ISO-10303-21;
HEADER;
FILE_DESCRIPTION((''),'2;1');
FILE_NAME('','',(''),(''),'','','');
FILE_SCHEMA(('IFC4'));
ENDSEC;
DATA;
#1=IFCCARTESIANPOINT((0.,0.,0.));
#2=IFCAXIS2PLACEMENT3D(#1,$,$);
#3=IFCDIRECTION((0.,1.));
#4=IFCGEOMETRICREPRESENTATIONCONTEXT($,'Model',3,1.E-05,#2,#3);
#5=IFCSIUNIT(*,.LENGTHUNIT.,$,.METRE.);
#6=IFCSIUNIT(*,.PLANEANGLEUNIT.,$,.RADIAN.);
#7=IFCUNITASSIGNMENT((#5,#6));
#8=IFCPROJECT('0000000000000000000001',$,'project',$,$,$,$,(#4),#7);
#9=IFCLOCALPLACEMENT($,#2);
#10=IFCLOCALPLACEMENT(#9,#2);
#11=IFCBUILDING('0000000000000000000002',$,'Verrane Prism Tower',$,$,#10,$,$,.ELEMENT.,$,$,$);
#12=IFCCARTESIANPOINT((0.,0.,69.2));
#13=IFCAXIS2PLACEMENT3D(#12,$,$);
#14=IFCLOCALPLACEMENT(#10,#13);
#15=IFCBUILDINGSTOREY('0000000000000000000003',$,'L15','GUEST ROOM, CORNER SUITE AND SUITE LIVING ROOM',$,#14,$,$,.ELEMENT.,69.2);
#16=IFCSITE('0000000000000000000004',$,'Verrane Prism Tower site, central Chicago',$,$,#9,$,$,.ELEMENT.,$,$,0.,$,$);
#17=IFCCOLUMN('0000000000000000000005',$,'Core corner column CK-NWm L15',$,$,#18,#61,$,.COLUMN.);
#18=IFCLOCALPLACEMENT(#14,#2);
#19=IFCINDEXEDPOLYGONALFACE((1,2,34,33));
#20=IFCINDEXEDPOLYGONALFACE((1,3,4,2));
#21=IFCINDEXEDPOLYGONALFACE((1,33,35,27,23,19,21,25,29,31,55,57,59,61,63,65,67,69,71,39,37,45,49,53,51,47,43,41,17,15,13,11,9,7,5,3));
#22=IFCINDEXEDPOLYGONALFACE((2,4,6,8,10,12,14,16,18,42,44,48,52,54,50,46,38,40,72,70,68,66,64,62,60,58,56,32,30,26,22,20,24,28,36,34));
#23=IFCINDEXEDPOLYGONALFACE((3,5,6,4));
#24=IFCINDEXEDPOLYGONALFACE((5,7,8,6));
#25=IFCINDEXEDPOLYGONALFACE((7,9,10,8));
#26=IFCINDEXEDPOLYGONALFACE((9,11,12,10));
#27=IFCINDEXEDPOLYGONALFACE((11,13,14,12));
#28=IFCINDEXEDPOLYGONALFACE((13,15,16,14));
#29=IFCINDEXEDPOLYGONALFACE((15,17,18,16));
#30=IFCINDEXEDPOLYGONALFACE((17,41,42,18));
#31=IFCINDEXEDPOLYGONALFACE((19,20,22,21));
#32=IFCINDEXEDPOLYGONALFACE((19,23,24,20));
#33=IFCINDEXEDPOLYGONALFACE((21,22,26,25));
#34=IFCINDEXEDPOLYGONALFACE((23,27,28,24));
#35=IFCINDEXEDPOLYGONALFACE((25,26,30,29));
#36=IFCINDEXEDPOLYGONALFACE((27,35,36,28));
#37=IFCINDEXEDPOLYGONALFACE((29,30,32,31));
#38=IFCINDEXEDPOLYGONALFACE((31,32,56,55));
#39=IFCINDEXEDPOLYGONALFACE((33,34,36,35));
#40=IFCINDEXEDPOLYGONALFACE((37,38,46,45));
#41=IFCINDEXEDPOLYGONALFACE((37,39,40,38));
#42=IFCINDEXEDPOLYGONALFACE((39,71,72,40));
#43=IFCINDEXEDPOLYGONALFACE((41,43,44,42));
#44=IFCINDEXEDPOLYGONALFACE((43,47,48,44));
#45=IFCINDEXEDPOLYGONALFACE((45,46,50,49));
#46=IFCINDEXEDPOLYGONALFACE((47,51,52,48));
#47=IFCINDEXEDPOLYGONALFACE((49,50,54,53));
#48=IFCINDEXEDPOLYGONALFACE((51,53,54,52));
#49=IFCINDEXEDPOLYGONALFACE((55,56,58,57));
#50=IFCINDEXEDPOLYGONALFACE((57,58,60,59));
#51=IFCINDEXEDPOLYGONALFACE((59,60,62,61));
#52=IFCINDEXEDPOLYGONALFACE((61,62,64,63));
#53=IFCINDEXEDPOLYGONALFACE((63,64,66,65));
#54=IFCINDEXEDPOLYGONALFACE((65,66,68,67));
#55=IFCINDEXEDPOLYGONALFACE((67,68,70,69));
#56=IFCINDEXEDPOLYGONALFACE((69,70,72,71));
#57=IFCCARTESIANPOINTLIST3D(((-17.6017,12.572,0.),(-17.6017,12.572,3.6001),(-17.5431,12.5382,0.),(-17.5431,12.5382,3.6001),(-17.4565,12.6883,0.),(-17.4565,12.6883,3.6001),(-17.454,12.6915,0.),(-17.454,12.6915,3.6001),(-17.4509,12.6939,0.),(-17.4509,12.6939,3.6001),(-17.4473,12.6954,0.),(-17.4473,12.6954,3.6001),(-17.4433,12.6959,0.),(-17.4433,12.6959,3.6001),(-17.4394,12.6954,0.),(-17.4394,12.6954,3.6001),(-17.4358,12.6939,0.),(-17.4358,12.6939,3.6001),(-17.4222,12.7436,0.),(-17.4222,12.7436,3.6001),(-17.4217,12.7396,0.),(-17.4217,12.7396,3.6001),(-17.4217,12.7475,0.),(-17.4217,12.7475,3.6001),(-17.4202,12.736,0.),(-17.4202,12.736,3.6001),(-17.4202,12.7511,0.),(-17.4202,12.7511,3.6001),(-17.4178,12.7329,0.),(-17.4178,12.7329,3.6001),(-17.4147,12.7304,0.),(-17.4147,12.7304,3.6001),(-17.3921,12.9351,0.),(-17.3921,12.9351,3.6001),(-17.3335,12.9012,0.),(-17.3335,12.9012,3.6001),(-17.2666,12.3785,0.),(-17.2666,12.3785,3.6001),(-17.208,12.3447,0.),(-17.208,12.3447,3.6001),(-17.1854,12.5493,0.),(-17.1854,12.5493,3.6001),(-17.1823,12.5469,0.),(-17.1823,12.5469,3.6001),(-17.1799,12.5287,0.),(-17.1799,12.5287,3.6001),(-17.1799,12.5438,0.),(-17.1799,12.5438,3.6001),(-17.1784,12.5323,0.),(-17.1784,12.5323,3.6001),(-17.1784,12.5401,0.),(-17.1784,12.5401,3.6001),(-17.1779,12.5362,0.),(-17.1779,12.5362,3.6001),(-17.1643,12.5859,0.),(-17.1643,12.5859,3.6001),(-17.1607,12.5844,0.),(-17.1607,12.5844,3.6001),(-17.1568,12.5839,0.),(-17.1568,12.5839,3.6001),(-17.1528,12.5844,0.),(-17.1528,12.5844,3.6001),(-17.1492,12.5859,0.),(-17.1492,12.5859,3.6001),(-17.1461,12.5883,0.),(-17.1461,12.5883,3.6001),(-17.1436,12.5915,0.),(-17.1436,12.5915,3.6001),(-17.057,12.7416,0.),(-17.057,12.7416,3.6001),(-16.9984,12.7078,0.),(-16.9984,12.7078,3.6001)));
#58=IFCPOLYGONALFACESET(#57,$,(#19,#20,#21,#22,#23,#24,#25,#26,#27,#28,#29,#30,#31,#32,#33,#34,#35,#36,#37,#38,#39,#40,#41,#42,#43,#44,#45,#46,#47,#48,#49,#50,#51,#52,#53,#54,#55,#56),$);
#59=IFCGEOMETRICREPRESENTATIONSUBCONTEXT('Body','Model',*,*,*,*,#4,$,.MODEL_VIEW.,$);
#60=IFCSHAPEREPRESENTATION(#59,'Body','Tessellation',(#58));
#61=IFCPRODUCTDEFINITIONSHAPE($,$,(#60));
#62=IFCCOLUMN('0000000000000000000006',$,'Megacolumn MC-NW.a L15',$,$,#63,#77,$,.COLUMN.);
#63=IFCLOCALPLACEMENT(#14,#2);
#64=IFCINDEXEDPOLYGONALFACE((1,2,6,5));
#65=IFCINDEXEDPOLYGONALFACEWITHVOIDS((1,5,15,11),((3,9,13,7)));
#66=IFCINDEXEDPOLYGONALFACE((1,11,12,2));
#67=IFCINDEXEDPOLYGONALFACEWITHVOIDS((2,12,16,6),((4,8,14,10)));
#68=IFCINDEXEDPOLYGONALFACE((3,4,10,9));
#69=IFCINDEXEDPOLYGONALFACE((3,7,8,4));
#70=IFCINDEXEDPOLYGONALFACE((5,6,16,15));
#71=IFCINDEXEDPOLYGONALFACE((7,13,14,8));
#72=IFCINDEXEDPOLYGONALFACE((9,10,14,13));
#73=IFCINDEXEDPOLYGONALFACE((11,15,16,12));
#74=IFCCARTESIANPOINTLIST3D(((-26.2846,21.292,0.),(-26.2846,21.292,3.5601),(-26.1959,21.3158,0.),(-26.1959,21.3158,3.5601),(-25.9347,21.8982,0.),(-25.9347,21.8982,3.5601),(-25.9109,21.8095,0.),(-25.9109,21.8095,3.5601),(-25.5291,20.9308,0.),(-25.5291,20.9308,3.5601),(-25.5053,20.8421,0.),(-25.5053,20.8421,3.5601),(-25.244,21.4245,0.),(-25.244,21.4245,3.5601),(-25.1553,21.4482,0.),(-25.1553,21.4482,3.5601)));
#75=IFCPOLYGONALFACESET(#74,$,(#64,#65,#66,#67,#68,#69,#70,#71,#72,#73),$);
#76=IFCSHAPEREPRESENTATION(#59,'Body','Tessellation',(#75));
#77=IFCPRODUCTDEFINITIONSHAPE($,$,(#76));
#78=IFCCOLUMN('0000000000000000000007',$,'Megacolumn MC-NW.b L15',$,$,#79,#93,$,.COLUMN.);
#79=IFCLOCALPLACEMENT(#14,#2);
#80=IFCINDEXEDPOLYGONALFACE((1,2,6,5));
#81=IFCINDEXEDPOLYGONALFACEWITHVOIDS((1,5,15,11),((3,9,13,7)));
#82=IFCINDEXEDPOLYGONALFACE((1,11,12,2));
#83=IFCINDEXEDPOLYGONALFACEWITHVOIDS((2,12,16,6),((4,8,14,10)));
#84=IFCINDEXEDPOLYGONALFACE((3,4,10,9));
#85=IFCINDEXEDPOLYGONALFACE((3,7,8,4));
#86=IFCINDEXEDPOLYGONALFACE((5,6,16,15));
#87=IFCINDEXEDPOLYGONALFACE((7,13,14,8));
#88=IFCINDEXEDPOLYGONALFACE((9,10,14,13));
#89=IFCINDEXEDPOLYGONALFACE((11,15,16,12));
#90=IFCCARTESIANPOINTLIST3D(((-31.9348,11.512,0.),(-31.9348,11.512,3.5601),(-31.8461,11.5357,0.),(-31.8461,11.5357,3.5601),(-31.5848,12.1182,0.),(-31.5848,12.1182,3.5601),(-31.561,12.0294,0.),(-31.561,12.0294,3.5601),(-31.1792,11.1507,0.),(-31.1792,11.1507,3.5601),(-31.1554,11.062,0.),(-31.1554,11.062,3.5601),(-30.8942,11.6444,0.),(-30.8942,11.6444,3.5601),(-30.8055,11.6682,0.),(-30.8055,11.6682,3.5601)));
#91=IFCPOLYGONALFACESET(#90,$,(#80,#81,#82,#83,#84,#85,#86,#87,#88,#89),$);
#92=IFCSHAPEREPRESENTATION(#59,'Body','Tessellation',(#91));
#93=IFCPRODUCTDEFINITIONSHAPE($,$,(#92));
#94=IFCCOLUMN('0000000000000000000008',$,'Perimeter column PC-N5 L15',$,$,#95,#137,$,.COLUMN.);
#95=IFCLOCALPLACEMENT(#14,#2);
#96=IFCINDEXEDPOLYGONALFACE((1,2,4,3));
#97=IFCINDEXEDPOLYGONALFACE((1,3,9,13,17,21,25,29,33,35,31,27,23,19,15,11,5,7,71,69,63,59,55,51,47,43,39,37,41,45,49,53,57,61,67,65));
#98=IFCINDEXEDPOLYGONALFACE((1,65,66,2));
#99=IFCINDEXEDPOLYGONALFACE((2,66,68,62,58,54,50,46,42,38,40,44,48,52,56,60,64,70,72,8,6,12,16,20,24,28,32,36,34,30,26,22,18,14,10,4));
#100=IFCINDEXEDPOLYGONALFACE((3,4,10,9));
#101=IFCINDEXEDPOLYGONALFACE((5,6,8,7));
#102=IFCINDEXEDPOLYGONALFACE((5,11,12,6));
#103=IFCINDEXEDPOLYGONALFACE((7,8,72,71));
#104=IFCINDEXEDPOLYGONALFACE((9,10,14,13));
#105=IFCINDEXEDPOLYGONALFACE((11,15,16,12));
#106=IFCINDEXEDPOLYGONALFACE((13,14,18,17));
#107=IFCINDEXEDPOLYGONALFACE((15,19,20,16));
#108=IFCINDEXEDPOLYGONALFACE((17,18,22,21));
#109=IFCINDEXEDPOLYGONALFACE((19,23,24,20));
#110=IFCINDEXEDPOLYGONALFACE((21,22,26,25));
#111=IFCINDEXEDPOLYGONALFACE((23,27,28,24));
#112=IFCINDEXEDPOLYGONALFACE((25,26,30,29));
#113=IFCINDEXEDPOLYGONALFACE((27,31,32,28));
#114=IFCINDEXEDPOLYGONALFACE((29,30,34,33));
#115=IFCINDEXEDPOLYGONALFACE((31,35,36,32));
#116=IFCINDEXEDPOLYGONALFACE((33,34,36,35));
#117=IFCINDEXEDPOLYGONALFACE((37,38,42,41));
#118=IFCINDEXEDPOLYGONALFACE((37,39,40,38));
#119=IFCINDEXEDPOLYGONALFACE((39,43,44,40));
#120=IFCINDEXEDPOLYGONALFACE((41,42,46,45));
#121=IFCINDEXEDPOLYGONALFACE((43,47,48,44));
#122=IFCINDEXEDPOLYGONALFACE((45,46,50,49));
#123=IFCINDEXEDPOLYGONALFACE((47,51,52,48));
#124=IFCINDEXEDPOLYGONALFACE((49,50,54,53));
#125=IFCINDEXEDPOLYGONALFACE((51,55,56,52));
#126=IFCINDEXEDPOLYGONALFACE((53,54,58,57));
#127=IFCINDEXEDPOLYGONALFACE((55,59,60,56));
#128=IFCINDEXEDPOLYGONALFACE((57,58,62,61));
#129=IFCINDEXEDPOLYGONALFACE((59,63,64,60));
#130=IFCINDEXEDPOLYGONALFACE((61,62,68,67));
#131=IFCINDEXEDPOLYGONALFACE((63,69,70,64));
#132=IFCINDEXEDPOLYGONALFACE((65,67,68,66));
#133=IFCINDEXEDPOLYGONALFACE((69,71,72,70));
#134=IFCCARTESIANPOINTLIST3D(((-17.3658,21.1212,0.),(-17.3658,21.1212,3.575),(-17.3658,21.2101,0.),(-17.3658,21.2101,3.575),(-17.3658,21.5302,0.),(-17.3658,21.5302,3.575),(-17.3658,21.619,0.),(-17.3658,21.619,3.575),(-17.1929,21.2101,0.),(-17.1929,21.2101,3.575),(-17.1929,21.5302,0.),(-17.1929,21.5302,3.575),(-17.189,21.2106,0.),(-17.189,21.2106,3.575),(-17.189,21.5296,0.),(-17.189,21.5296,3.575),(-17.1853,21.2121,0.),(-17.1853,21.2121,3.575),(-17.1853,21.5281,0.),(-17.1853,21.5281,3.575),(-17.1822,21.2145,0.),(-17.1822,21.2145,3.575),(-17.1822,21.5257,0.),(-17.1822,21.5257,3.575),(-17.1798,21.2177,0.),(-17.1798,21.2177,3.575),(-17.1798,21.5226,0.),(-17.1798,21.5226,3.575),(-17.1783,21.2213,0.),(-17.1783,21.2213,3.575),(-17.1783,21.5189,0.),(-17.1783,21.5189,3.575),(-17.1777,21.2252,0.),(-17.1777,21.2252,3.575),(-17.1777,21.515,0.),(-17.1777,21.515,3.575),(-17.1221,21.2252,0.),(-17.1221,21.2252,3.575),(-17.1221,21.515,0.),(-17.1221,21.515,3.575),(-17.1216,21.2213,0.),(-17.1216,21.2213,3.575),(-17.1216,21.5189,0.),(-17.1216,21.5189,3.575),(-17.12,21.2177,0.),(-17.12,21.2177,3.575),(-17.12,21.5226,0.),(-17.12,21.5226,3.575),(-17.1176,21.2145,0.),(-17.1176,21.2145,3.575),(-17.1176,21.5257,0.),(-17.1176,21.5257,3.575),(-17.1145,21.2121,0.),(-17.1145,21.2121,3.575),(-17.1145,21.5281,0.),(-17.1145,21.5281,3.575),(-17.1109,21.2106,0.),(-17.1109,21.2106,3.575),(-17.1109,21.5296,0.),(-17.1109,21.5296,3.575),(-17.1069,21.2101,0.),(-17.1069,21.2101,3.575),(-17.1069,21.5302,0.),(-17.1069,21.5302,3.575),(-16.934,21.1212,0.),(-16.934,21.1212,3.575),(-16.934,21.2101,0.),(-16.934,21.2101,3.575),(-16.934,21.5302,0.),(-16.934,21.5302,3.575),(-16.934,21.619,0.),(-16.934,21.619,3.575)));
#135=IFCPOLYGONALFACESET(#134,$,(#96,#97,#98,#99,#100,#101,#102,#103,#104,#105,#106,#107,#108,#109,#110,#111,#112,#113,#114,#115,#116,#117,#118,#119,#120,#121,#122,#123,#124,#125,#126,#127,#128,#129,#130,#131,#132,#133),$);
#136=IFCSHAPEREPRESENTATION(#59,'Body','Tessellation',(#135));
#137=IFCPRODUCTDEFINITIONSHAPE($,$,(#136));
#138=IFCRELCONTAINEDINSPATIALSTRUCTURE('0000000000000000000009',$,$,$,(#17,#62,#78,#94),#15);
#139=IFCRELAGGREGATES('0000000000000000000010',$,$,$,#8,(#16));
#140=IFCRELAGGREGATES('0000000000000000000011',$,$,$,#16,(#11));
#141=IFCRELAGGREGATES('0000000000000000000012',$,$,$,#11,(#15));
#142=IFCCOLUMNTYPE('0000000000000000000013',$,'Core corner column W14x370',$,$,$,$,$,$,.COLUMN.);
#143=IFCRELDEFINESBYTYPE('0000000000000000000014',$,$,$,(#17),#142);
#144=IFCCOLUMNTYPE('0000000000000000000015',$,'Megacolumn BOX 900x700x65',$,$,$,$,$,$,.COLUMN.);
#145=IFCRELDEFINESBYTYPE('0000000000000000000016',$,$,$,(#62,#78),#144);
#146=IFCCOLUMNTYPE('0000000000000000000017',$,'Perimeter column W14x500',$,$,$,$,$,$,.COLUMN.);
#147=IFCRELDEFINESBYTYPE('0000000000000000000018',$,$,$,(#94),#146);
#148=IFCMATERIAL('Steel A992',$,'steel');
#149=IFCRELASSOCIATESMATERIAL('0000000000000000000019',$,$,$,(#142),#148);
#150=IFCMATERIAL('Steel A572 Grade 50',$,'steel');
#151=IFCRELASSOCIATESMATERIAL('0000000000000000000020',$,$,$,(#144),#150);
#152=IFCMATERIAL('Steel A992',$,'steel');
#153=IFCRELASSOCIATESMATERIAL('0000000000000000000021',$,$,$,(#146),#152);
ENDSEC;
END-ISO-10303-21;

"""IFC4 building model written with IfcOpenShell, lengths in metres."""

from ifc_helpers import new_model, si_unit, direction, frame, origin, origin_2d, place, context, subcontext, project, spatial, hollow_rectangle, i_section, extrude, material, material_profile, profile_set, type_object, element, save


model = new_model("IFC4")

# Units and contexts
model_context = context("Model", 3, precision=1e-05, world=origin(), true_north=direction((0.0, 1.0)))
body_context = subcontext(model_context, "Body", "Model", "MODEL_VIEW")
ifc_project = project(units=[si_unit("LENGTHUNIT", "METRE"), si_unit("PLANEANGLEUNIT", "RADIAN")], contexts=[model_context])

# Site, building, storey
site_placement = place(None, origin())
site = spatial("IfcSite", under=ifc_project, at=site_placement, Name="Verrane Prism Tower site, central Chicago", CompositionType="ELEMENT", RefElevation=0.0)
building_placement = place(site_placement, origin())
building = spatial("IfcBuilding", under=site, at=building_placement, Name="Verrane Prism Tower", CompositionType="ELEMENT")
storey_placement = place(building_placement, frame((0.0, 0.0, 69.2)))
storey = spatial("IfcBuildingStorey", under=building, at=storey_placement, Name="L15", Description="GUEST ROOM, CORNER SUITE AND SUITE LIVING ROOM", CompositionType="ELEMENT", Elevation=69.2)

# Columns
ifc_material_1 = material(Name="Steel A992", Category="steel")
ifc_material_profile_1 = material_profile(ifc_material_1, i_section(OverallWidth=0.4192, OverallDepth=0.4546, WebThickness=0.0422, FlangeThickness=0.0676, FilletRadius=0.0151, at=origin_2d()), Name="W14x370")
ifc_profile_set_1 = profile_set([ifc_material_profile_1], Name="Steel A992")
column_type_1 = type_object("IfcColumnType", Name="Core corner column W14x370", PredefinedType="COLUMN", material=ifc_profile_set_1)
column_1_placement = place(storey_placement, frame((-17.3, 12.6399, 0.0), z_axis=(0.0, 0.0, 1.0), x_axis=(0.5, 0.866025, 0.0)))
element("IfcColumn", 1, at=column_1_placement, inside=storey, type_object=column_type_1, Name="Core corner column CK-NWm L15", PredefinedType="COLUMN", context=body_context, shape_type="SweptSolid", body=[
    extrude(i_section(OverallWidth=0.4192, OverallDepth=0.4546, WebThickness=0.0422, FlangeThickness=0.0676, FilletRadius=0.0151, at=origin_2d()), origin(), (0.0, 0.0, 1.0), 3.6001),
])
ifc_material_2 = material(Name="Steel A572 Grade 50", Category="steel")
ifc_material_profile_2 = material_profile(ifc_material_2, hollow_rectangle(XDim=0.7, YDim=0.8999, WallThickness=0.0649, at=origin_2d()), Name="BOX 900x700x65")
ifc_profile_set_2 = profile_set([ifc_material_profile_2], Name="Steel A572 Grade 50")
column_type_2 = type_object("IfcColumnType", Name="Megacolumn BOX 900x700x65", PredefinedType="COLUMN", material=ifc_profile_set_2)
for number, where, z_axis, x_axis, name in (
    (2, (-25.72, 21.3701, 0.0), (0.0, 0.0, 1.0), (0.5, 0.866025, 0.0), "Megacolumn MC-NW.a L15"),
    (3, (-31.3701, 11.5901, 0.0), (0.0, 0.0, 1.0), (0.5, 0.866025, 0.0), "Megacolumn MC-NW.b L15"),
):
    element("IfcColumn", number, at=place(storey_placement, frame(where, z_axis=z_axis, x_axis=x_axis)), inside=storey, type_object=column_type_2, Name=name, PredefinedType="COLUMN", context=body_context, shape_type="SweptSolid", body=[
        extrude(hollow_rectangle(XDim=0.7, YDim=0.8999, WallThickness=0.0649, at=origin_2d()), origin(), (0.0, 0.0, 1.0), 3.5601),
    ])
ifc_material_3 = material(Name="Steel A992", Category="steel")
ifc_material_profile_3 = material_profile(ifc_material_3, i_section(OverallWidth=0.4319, OverallDepth=0.4978, WebThickness=0.0557, FlangeThickness=0.0889, FilletRadius=0.0151, at=origin_2d()), Name="W14x500")
ifc_profile_set_3 = profile_set([ifc_material_profile_3], Name="Steel A992")
column_type_3 = type_object("IfcColumnType", Name="Perimeter column W14x500", PredefinedType="COLUMN", material=ifc_profile_set_3)
column_2_placement = place(storey_placement, frame((-17.1499, 21.3701, 0.0), z_axis=(0.0, 0.0, 1.0), x_axis=(1.0, 0.0, 0.0)))
element("IfcColumn", 4, at=column_2_placement, inside=storey, type_object=column_type_3, Name="Perimeter column PC-N5 L15", PredefinedType="COLUMN", context=body_context, shape_type="SweptSolid", body=[
    extrude(i_section(OverallWidth=0.4319, OverallDepth=0.4978, WebThickness=0.0557, FlangeThickness=0.0889, FilletRadius=0.0151, at=origin_2d()), origin(), (0.0, 0.0, 1.0), 3.575),
])

save(model, "model.ifc")
